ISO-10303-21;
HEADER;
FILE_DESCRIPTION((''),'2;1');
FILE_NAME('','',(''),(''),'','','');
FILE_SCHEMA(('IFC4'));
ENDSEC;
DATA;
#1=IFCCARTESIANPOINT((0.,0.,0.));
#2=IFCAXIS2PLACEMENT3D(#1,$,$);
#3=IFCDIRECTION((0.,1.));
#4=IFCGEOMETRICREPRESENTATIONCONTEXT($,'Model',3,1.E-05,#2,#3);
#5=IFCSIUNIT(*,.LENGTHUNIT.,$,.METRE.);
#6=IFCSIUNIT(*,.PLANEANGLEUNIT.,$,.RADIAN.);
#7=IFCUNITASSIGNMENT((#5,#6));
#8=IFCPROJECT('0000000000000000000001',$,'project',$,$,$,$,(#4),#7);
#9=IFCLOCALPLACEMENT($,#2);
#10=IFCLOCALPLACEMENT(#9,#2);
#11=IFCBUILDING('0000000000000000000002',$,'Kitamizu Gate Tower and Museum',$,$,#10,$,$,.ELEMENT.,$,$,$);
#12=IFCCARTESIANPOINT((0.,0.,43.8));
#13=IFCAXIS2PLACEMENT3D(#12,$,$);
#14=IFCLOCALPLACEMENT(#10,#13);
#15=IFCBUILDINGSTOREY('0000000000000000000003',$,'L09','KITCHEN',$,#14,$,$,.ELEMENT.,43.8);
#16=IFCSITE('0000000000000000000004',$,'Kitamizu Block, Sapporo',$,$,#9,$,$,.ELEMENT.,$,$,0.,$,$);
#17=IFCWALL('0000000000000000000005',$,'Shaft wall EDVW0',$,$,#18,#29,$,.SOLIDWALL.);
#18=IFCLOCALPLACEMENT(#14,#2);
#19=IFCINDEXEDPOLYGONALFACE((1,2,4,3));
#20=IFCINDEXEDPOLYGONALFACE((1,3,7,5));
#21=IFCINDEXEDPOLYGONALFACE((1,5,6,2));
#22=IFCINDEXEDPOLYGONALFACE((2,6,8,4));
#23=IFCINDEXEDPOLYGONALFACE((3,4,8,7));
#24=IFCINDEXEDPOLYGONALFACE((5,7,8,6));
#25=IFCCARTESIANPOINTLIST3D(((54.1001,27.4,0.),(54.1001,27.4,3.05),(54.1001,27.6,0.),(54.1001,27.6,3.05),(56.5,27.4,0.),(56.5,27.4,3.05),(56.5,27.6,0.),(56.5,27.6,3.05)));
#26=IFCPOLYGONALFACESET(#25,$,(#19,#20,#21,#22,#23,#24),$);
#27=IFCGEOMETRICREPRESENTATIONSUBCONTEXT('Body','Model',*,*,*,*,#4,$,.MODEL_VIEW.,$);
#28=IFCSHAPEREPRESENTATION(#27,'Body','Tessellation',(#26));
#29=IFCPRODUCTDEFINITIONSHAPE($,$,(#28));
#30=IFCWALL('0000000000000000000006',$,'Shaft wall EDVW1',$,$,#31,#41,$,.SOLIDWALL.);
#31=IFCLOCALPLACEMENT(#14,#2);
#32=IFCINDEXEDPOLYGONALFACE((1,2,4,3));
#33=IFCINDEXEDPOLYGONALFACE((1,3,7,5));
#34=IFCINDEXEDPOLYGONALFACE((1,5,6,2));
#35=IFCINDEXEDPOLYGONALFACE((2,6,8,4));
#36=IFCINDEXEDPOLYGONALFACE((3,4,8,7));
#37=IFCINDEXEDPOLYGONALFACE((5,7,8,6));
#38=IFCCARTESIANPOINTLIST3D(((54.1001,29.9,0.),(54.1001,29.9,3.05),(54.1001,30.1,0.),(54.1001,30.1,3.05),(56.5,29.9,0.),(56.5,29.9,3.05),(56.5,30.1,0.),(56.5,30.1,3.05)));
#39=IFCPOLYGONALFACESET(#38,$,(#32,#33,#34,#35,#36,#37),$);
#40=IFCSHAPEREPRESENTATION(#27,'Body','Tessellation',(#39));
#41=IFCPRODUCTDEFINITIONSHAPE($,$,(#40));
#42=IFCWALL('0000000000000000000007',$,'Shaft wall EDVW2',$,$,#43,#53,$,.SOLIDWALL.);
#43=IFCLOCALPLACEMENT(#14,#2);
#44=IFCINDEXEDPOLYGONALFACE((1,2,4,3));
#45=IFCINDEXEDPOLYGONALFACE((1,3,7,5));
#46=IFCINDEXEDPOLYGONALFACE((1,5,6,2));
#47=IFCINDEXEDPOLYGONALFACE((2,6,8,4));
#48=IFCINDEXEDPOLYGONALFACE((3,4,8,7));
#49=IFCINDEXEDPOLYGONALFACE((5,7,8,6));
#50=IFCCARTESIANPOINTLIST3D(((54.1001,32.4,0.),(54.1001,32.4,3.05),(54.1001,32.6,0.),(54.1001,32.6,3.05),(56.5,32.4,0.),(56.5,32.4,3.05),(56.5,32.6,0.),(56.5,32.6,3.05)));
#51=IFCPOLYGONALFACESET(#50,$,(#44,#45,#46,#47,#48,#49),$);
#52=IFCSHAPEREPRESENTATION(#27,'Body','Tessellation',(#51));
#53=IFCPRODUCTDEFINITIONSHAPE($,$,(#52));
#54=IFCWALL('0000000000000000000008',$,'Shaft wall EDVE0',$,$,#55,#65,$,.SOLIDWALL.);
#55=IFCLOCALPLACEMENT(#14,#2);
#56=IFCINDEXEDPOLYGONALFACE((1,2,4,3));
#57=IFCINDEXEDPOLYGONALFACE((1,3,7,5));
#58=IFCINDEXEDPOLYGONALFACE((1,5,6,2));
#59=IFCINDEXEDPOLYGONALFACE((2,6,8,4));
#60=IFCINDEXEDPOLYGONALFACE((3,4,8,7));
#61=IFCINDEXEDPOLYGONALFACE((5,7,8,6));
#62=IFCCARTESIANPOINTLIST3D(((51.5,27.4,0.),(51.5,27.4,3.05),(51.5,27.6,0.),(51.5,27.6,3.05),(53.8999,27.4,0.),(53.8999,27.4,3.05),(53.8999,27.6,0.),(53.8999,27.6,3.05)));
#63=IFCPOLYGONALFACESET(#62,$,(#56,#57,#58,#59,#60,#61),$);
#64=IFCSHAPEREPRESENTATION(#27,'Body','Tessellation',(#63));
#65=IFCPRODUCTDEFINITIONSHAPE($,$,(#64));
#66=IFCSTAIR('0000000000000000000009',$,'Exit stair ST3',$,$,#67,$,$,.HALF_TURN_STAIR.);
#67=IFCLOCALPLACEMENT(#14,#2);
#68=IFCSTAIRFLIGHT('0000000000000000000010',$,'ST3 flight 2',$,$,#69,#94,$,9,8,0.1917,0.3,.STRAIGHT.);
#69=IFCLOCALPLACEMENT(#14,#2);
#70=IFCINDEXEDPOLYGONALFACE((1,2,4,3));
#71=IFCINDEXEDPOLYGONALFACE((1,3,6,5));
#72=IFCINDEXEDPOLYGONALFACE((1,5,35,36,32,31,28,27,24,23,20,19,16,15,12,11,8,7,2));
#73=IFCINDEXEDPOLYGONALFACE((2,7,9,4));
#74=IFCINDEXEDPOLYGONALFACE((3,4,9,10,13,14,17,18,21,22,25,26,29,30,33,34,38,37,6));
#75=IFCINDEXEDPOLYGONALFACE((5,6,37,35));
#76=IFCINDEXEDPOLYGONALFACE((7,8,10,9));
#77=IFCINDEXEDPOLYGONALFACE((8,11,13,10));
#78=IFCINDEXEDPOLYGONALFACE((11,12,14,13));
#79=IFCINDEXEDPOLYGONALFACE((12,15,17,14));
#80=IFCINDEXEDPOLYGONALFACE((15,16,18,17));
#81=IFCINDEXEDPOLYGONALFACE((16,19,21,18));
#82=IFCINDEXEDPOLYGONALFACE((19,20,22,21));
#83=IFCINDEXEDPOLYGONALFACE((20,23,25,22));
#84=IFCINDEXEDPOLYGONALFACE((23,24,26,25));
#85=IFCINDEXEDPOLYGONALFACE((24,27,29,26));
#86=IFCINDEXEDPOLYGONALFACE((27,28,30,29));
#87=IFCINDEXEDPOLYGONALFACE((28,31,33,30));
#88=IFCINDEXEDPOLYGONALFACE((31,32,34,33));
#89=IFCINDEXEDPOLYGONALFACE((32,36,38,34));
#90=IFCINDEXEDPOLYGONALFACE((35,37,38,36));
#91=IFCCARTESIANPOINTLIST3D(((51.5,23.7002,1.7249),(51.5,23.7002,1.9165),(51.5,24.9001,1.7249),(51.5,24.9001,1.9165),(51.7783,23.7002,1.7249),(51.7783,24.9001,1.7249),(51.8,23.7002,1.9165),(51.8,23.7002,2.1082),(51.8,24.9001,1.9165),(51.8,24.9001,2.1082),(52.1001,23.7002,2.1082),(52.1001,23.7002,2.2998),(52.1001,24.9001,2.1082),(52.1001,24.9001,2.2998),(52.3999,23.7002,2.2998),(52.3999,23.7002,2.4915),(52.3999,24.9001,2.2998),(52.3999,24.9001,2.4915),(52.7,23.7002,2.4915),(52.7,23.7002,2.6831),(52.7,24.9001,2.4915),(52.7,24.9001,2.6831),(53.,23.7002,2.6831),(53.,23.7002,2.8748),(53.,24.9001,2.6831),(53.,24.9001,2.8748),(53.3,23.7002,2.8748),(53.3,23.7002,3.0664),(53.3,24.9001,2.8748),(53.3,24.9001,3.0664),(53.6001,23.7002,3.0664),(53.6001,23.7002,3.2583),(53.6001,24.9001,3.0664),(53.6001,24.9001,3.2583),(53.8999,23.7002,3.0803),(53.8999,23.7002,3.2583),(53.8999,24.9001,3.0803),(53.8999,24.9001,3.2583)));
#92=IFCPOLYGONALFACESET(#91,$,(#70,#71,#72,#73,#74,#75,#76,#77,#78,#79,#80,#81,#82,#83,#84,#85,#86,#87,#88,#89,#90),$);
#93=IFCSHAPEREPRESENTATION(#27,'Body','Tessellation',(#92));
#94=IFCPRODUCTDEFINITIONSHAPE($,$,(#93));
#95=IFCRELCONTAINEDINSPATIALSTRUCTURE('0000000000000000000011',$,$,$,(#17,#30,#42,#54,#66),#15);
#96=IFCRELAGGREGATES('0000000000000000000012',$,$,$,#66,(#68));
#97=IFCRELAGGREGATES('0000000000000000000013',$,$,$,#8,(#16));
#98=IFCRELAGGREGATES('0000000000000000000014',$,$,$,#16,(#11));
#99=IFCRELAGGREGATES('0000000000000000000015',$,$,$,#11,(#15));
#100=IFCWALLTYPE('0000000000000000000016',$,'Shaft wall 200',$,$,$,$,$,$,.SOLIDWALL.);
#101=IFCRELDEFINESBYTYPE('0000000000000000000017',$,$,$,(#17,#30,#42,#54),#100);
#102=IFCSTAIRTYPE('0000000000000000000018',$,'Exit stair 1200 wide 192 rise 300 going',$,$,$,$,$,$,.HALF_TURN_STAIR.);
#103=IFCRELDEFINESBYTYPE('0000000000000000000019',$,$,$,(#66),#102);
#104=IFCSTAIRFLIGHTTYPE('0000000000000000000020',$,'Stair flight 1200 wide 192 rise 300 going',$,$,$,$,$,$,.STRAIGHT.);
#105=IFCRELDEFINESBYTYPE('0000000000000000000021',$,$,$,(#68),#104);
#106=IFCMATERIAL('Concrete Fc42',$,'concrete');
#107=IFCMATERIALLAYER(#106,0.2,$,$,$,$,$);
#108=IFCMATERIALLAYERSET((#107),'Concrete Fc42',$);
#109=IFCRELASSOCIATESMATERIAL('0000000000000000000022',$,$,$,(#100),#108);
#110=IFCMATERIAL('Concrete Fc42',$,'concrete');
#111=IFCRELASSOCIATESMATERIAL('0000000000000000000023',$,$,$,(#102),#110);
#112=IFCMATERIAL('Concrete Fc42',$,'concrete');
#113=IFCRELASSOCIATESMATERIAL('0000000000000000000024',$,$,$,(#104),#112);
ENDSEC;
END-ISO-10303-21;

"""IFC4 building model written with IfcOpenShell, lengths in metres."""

from ifc_helpers import new_model, si_unit, direction, frame, frame_2d, origin, place, context, subcontext, project, spatial, polyline, rectangle, outline, extrude, material, layer, layer_set, type_object, element, aggregate, save


model = new_model("IFC4")

# Units and contexts
model_context = context("Model", 3, precision=1e-05, world=origin(), true_north=direction((0.0, 1.0)))
body_context = subcontext(model_context, "Body", "Model", "MODEL_VIEW")
ifc_project = project(units=[si_unit("LENGTHUNIT", "METRE"), si_unit("PLANEANGLEUNIT", "RADIAN")], contexts=[model_context])

# Site, building, storey
site_placement = place(None, origin())
site = spatial("IfcSite", under=ifc_project, at=site_placement, Name="Kitamizu Block, Sapporo", CompositionType="ELEMENT", RefElevation=0.0)
building_placement = place(site_placement, origin())
building = spatial("IfcBuilding", under=site, at=building_placement, Name="Kitamizu Gate Tower and Museum", CompositionType="ELEMENT")
storey_placement = place(building_placement, frame((0.0, 0.0, 43.8)))
storey = spatial("IfcBuildingStorey", under=building, at=storey_placement, Name="L09", Description="KITCHEN", CompositionType="ELEMENT", Elevation=43.8)

# Shared definitions
ifc_material_1 = material(Name="Concrete Fc42", Category="concrete")
ifc_layer_1 = layer(ifc_material_1, 0.2)
ifc_layer_set_1 = layer_set([ifc_layer_1], Name="Concrete Fc42")
wall_type_1 = type_object("IfcWallType", Name="Shaft wall 200", PredefinedType="SOLIDWALL", material=ifc_layer_set_1)

# Walls
for number, where, z_axis, x_axis, name in (
    (1, (56.5, 27.5, 0.0), (0.0, 0.0, 1.0), (-1.0, 0.0, 0.0), "Shaft wall EDVW0"),
    (2, (56.5, 30.0, 0.0), (0.0, 0.0, 1.0), (-1.0, 0.0, 0.0), "Shaft wall EDVW1"),
    (3, (56.5, 32.5, 0.0), (0.0, 0.0, 1.0), (-1.0, 0.0, 0.0), "Shaft wall EDVW2"),
    (4, (53.8999, 27.5, 0.0), (0.0, 0.0, 1.0), (-1.0, 0.0, 0.0), "Shaft wall EDVE0"),
):
    element("IfcWall", number, at=place(storey_placement, frame(where, z_axis=z_axis, x_axis=x_axis)), inside=storey, type_object=wall_type_1, Name=name, PredefinedType="SOLIDWALL", context=body_context, shape_type="SweptSolid", body=[
        extrude(rectangle(XDim=2.3999, YDim=0.2, at=frame_2d((1.2, 0.0))), origin(), (0.0, 0.0, 1.0), 3.05),
    ])

# Stair, stair flight
ifc_material_2 = material(Name="Concrete Fc42", Category="concrete")
stair_type = type_object("IfcStairType", Name="Exit stair 1200 wide 192 rise 300 going", PredefinedType="HALF_TURN_STAIR", material=ifc_material_2)
stair_placement = place(storey_placement, origin())
stair = element("IfcStair", 5, at=stair_placement, inside=storey, type_object=stair_type, Name="Exit stair ST3", PredefinedType="HALF_TURN_STAIR")
ifc_material_3 = material(Name="Concrete Fc42", Category="concrete")
stair_flight_type = type_object("IfcStairFlightType", Name="Stair flight 1200 wide 192 rise 300 going", PredefinedType="STRAIGHT", material=ifc_material_3)
stair_flight_placement = place(storey_placement, frame((51.5, 24.3, 1.7249), z_axis=(0.0, 0.0, 1.0), x_axis=(1.0, 0.0, 0.0)))
stair_flight = element("IfcStairFlight", 6, at=stair_flight_placement, type_object=stair_flight_type, Name="ST3 flight 2", NumberOfRisers=9, NumberOfTreads=8, PredefinedType="STRAIGHT", RiserHeight=0.1917, TreadLength=0.3, context=body_context, shape_type="SweptSolid", body=[
    extrude(outline(polyline([(0.0, 0.0), (0.0, 0.1917), (0.3, 0.1917), (0.3, 0.3833), (0.6001, 0.3833), (0.6001, 0.575), (0.8999, 0.575), (0.8999, 0.7666), (1.2, 0.7666), (1.2, 0.9583), (1.5, 0.9583), (1.5, 1.1499), (1.8, 1.1499), (1.8, 1.3416), (2.1001, 1.3416), (2.1001, 1.5334), (2.3999, 1.5334), (2.3999, 1.7251), (2.3999, 1.3555), (0.2783, 0.0), (0.0, 0.0)])), frame((0.0, 0.6001, 0.0), z_axis=(0.0, -1.0, 0.0), x_axis=(1.0, 0.0, 0.0)), (0.0, 0.0, 1.0), 1.2),
])
aggregate(stair, [stair_flight])

save(model, "model.ifc")
